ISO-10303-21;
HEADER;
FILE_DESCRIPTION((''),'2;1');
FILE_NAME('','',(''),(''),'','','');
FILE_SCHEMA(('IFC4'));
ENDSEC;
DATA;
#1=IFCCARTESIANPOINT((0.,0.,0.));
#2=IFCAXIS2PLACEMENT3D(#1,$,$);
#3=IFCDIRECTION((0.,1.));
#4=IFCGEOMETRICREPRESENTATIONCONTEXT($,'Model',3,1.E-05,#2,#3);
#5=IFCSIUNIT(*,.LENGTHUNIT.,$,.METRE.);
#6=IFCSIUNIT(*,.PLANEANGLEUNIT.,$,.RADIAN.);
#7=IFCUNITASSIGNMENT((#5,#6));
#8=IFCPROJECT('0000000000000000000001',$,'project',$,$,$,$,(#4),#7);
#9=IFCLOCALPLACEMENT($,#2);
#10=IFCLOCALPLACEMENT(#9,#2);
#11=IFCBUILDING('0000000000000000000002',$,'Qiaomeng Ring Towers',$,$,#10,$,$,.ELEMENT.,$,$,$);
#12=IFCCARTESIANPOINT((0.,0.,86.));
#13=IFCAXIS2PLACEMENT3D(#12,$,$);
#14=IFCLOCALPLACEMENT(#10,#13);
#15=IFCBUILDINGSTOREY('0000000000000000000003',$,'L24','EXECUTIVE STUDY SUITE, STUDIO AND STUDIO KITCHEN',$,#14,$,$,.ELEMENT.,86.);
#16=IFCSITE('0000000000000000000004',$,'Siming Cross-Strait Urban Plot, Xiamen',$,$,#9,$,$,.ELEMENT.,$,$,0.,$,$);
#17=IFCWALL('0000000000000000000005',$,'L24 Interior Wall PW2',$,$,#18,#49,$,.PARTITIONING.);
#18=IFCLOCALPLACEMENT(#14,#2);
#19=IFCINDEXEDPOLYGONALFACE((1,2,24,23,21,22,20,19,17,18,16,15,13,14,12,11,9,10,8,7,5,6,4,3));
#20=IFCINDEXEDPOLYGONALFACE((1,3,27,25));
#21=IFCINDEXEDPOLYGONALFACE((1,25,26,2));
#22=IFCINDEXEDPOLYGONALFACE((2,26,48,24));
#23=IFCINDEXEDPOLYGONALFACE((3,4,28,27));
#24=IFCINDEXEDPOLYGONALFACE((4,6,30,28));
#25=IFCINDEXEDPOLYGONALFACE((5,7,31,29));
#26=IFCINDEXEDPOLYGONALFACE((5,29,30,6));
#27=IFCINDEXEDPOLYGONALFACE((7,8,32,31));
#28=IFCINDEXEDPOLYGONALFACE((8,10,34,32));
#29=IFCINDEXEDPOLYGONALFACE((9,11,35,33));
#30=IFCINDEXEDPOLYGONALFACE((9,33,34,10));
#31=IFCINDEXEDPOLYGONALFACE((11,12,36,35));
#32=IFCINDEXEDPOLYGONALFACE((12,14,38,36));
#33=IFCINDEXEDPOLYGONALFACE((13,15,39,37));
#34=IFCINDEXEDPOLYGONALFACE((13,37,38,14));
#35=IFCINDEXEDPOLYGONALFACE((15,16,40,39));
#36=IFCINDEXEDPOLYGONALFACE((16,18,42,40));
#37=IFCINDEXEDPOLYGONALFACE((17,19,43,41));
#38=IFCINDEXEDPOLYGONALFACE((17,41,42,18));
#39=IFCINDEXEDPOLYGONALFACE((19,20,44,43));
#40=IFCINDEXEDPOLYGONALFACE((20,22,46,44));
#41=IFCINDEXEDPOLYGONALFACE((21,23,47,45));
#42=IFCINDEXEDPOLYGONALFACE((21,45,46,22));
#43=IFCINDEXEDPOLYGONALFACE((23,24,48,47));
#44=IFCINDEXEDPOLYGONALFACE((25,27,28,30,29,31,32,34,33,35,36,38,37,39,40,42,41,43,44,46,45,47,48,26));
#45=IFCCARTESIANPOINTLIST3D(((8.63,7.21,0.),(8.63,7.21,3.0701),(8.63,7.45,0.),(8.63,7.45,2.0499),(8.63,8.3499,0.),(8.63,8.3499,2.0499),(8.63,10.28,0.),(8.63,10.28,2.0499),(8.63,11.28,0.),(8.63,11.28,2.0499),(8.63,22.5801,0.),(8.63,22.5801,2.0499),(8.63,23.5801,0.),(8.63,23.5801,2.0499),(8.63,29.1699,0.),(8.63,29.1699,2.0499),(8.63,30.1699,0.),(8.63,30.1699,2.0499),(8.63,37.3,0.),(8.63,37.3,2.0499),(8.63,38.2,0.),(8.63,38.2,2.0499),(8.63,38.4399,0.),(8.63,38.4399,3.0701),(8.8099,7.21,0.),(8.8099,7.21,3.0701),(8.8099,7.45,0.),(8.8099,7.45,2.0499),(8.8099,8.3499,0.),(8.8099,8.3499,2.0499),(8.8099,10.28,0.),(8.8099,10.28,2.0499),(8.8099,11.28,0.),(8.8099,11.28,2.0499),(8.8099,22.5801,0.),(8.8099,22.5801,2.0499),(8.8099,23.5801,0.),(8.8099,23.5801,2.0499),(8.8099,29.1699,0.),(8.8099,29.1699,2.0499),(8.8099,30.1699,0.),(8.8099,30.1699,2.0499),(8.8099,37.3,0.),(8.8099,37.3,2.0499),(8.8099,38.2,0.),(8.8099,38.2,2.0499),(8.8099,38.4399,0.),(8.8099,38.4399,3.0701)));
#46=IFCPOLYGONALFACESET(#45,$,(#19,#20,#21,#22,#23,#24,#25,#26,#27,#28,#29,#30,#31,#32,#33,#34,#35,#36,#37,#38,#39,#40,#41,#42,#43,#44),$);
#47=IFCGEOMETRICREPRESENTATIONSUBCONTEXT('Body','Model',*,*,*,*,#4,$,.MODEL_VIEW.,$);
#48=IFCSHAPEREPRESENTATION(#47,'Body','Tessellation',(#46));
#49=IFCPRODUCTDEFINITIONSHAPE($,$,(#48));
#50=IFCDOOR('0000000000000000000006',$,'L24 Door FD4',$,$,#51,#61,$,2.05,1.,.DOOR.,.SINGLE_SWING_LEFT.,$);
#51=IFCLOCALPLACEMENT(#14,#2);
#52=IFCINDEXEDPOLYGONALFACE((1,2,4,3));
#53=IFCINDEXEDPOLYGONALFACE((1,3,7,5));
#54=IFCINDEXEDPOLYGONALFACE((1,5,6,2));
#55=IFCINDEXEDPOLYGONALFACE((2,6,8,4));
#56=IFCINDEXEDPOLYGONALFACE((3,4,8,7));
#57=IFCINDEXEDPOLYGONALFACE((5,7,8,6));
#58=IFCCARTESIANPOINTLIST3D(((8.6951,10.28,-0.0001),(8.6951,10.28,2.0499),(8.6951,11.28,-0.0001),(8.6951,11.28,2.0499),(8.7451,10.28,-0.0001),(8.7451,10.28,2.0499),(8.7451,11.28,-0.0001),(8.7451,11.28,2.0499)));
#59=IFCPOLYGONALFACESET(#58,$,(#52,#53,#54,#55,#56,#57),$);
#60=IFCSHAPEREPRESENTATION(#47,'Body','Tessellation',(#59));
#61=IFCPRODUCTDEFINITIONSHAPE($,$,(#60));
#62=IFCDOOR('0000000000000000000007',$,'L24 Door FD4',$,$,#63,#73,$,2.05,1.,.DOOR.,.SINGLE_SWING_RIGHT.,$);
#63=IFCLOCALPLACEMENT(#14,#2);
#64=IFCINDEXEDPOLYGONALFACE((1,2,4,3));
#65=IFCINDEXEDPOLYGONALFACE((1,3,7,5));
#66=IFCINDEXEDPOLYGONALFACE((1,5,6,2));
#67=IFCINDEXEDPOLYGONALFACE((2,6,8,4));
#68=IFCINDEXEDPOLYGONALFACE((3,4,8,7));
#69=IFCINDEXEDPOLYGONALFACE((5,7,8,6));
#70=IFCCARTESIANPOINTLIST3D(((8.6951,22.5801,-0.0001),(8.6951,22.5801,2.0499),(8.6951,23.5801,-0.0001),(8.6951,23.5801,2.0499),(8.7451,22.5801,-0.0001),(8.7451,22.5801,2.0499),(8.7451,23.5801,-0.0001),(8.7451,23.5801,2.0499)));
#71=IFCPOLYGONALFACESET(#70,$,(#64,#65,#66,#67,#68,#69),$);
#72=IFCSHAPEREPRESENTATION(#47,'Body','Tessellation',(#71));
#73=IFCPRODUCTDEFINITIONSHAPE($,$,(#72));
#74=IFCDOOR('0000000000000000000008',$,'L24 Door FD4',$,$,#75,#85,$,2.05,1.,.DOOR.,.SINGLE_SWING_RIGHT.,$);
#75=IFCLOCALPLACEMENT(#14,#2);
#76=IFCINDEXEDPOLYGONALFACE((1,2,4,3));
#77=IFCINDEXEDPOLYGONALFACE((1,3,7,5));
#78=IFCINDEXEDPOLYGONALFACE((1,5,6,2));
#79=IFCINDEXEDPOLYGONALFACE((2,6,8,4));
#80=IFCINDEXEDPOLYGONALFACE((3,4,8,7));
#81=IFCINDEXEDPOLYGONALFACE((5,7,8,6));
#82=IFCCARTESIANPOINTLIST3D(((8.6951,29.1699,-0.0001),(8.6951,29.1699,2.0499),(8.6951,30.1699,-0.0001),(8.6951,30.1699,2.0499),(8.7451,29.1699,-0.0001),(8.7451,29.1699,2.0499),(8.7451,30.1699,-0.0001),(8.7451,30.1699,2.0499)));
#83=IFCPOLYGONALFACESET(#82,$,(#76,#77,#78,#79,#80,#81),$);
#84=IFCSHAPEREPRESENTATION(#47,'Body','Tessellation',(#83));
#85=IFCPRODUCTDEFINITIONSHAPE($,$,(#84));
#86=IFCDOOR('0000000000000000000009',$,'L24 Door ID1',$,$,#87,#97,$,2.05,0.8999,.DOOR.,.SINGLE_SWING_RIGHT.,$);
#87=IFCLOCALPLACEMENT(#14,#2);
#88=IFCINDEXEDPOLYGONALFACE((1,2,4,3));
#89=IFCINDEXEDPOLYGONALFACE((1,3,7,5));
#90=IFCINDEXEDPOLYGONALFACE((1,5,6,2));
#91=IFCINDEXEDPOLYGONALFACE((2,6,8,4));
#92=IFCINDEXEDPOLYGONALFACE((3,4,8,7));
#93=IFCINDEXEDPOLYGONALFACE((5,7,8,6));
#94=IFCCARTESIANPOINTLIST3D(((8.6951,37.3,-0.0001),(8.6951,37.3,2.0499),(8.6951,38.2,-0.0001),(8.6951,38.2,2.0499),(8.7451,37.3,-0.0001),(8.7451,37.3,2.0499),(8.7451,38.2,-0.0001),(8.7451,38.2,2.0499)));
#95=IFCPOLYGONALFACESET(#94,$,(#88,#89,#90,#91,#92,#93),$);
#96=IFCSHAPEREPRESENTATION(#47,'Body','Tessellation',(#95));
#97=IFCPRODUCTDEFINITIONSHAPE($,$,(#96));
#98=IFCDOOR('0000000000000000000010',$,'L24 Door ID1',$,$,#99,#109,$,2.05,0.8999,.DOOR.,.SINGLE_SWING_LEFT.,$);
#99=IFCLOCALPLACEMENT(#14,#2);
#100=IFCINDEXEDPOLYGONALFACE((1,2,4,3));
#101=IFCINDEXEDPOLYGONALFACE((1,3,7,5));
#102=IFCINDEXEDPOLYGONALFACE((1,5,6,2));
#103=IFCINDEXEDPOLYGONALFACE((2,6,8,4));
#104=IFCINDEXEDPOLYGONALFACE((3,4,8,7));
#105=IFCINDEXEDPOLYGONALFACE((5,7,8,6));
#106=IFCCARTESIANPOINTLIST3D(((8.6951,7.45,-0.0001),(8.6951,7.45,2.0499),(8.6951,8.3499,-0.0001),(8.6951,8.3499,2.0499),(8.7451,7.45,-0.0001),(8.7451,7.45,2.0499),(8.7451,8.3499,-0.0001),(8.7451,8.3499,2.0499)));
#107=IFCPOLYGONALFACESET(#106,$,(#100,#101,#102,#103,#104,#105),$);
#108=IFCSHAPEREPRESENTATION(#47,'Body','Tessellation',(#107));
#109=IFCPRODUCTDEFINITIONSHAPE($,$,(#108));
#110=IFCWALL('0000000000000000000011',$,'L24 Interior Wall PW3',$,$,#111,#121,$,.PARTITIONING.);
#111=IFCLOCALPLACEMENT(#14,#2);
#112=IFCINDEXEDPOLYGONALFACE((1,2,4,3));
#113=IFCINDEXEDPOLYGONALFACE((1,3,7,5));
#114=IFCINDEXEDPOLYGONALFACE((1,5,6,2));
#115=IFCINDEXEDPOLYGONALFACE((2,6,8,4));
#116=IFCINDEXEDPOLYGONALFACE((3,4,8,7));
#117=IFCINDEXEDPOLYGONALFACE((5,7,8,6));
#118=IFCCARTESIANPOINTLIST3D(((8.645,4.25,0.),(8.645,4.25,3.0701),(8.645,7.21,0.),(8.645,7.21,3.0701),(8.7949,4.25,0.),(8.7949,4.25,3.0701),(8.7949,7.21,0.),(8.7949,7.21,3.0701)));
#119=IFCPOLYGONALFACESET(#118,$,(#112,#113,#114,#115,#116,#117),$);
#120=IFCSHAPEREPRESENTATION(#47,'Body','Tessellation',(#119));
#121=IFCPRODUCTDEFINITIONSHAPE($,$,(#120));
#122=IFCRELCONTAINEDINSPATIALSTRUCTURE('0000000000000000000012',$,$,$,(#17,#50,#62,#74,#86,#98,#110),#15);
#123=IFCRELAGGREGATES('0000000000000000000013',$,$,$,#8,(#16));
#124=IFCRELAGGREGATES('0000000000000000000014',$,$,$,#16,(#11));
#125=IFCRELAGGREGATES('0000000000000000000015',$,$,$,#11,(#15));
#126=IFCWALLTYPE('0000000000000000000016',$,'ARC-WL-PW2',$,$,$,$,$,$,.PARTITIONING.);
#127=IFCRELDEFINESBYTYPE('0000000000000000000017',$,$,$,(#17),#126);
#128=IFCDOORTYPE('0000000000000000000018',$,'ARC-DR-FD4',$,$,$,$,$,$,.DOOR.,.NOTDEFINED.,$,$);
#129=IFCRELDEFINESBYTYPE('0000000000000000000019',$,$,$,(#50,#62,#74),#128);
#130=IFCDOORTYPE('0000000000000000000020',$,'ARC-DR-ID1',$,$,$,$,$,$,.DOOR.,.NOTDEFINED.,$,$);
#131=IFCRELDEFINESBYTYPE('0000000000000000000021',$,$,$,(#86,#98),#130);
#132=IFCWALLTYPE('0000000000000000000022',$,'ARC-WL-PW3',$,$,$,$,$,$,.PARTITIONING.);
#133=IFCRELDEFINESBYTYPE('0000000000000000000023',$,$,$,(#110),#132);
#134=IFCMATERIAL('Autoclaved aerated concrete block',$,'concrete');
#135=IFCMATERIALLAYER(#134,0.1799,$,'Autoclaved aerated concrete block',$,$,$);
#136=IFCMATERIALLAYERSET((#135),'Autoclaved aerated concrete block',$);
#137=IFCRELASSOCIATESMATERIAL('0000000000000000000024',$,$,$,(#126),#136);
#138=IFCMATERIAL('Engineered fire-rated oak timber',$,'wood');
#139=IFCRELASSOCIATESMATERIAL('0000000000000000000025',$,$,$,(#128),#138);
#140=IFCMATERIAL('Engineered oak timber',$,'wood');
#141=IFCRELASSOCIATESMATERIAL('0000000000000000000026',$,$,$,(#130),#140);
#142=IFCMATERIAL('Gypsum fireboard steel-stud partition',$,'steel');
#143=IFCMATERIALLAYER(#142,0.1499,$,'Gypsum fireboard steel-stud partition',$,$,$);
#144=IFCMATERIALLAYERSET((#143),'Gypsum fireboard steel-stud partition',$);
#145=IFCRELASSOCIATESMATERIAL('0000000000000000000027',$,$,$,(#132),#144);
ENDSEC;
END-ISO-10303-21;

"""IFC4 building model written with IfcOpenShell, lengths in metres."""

from ifc_helpers import new_model, si_unit, direction, frame, frame_2d, origin, place, context, subcontext, project, spatial, rectangle, extrude, source, transform, mapped, material, layer, layer_set, type_object, element, fill, save


model = new_model("IFC4")

# Units and contexts
model_context = context("Model", 3, precision=1e-05, world=origin(), true_north=direction((0.0, 1.0)))
body_context = subcontext(model_context, "Body", "Model", "MODEL_VIEW")
ifc_project = project(units=[si_unit("LENGTHUNIT", "METRE"), si_unit("PLANEANGLEUNIT", "RADIAN")], contexts=[model_context])

# Site, building, storey
site_placement = place(None, origin())
site = spatial("IfcSite", under=ifc_project, at=site_placement, Name="Siming Cross-Strait Urban Plot, Xiamen", CompositionType="ELEMENT", RefElevation=0.0)
building_placement = place(site_placement, origin())
building = spatial("IfcBuilding", under=site, at=building_placement, Name="Qiaomeng Ring Towers", CompositionType="ELEMENT")
storey_placement = place(building_placement, frame((0.0, 0.0, 86.0)))
storey = spatial("IfcBuildingStorey", under=building, at=storey_placement, Name="L24", Description="EXECUTIVE STUDY SUITE, STUDIO AND STUDIO KITCHEN", CompositionType="ELEMENT", Elevation=86.0)

# Wall, openings, doors
ifc_material_1 = material(Name="Autoclaved aerated concrete block", Category="concrete")
ifc_layer_1 = layer(ifc_material_1, 0.1799, Name="Autoclaved aerated concrete block")
ifc_layer_set_1 = layer_set([ifc_layer_1], Name="Autoclaved aerated concrete block")
wall_type_1 = type_object("IfcWallType", Name="ARC-WL-PW2", PredefinedType="PARTITIONING", material=ifc_layer_set_1)
ifc_material_2 = material(Name="Engineered fire-rated oak timber", Category="wood")
door_type_1 = type_object("IfcDoorType", Name="ARC-DR-FD4", OperationType="NOTDEFINED", PredefinedType="DOOR", material=ifc_material_2)
shared_shape_1 = source(origin(), body_context, "Body", "SweptSolid", [
    extrude(rectangle(XDim=1.0, YDim=2.05, at=frame_2d((0.5, 1.0249))), frame((0.0, 0.0249, 0.0), z_axis=(0.0, -1.0, 0.0), x_axis=(1.0, 0.0, 0.0)), (0.0, 0.0, 1.0), 0.05),
])
wall_1_placement = place(storey_placement, frame((8.72, 7.21, 0.0), z_axis=(0.0, 0.0, 1.0), x_axis=(0.0, 1.0, 0.0)))
wall_1 = element("IfcWall", 1, at=wall_1_placement, inside=storey, type_object=wall_type_1, Name="L24 Interior Wall PW2", PredefinedType="PARTITIONING", context=body_context, shape_type="SweptSolid", body=[
    extrude(rectangle(XDim=31.23, YDim=0.1799, at=frame_2d((15.615, 0.0))), origin(), (0.0, 0.0, 1.0), 3.0701),
])
opening_1_placement = place(wall_1_placement, frame((30.0901, 0.0, 0.0)))
opening_1 = element("IfcOpeningElement", 2, at=opening_1_placement, cuts=wall_1, PredefinedType="OPENING", context=body_context, shape_type="SweptSolid", body=[
    extrude(rectangle(XDim=0.8999, YDim=2.05, at=frame_2d((0.45, 1.0249))), frame((0.0, 0.0999, 0.0), z_axis=(0.0, -1.0, 0.0), x_axis=(1.0, 0.0, 0.0)), (0.0, 0.0, 1.0), 0.2),
])
opening_2_placement = place(wall_1_placement, frame((0.24, 0.0, 0.0)))
opening_2 = element("IfcOpeningElement", 3, at=opening_2_placement, cuts=wall_1, PredefinedType="OPENING", context=body_context, shape_type="SweptSolid", body=[
    extrude(rectangle(XDim=0.8999, YDim=2.05, at=frame_2d((0.45, 1.0249))), frame((0.0, 0.0999, 0.0), z_axis=(0.0, -1.0, 0.0), x_axis=(1.0, 0.0, 0.0)), (0.0, 0.0, 1.0), 0.2),
])
opening_3_placement = place(wall_1_placement, frame((3.0701, 0.0, 0.0)))
opening_3 = element("IfcOpeningElement", 4, at=opening_3_placement, cuts=wall_1, PredefinedType="OPENING", context=body_context, shape_type="SweptSolid", body=[
    extrude(rectangle(XDim=1.0, YDim=2.05, at=frame_2d((0.5, 1.0249))), frame((0.0, 0.0999, 0.0), z_axis=(0.0, -1.0, 0.0), x_axis=(1.0, 0.0, 0.0)), (0.0, 0.0, 1.0), 0.2),
])
opening_4_placement = place(wall_1_placement, frame((15.3701, 0.0, 0.0)))
opening_4 = element("IfcOpeningElement", 5, at=opening_4_placement, cuts=wall_1, PredefinedType="OPENING", context=body_context, shape_type="SweptSolid", body=[
    extrude(rectangle(XDim=1.0, YDim=2.05, at=frame_2d((0.5, 1.0249))), frame((0.0, 0.0999, 0.0), z_axis=(0.0, -1.0, 0.0), x_axis=(1.0, 0.0, 0.0)), (0.0, 0.0, 1.0), 0.2),
])
opening_5_placement = place(wall_1_placement, frame((21.96, 0.0, 0.0)))
opening_5 = element("IfcOpeningElement", 6, at=opening_5_placement, cuts=wall_1, PredefinedType="OPENING", context=body_context, shape_type="SweptSolid", body=[
    extrude(rectangle(XDim=1.0, YDim=2.05, at=frame_2d((0.5, 1.0249))), frame((0.0, 0.0999, 0.0), z_axis=(0.0, -1.0, 0.0), x_axis=(1.0, 0.0, 0.0)), (0.0, 0.0, 1.0), 0.2),
])
door_1_placement = place(opening_3_placement, origin())
door_1 = element("IfcDoor", 7, at=door_1_placement, inside=storey, type_object=door_type_1, Name="L24 Door FD4", OperationType="SINGLE_SWING_LEFT", OverallHeight=2.05, OverallWidth=1.0, PredefinedType="DOOR", context=body_context, shape_type="MappedRepresentation", body=[
    mapped(shared_shape_1, transform((0.0, 0.0, 0.0), x_axis=(1.0, 0.0, 0.0), y_axis=(0.0, 1.0, 0.0), z_axis=(0.0, 0.0, 1.0), scale=1.0)),
])
fill(opening_3, door_1)
door_2_placement = place(opening_4_placement, origin())
door_2 = element("IfcDoor", 8, at=door_2_placement, inside=storey, type_object=door_type_1, Name="L24 Door FD4", OperationType="SINGLE_SWING_RIGHT", OverallHeight=2.05, OverallWidth=1.0, PredefinedType="DOOR", context=body_context, shape_type="MappedRepresentation", body=[
    mapped(shared_shape_1, transform((0.0, 0.0, 0.0), x_axis=(1.0, 0.0, 0.0), y_axis=(0.0, 1.0, 0.0), z_axis=(0.0, 0.0, 1.0), scale=1.0)),
])
fill(opening_4, door_2)
door_3_placement = place(opening_5_placement, origin())
door_3 = element("IfcDoor", 9, at=door_3_placement, inside=storey, type_object=door_type_1, Name="L24 Door FD4", OperationType="SINGLE_SWING_RIGHT", OverallHeight=2.05, OverallWidth=1.0, PredefinedType="DOOR", context=body_context, shape_type="MappedRepresentation", body=[
    mapped(shared_shape_1, transform((0.0, 0.0, 0.0), x_axis=(1.0, 0.0, 0.0), y_axis=(0.0, 1.0, 0.0), z_axis=(0.0, 0.0, 1.0), scale=1.0)),
])
fill(opening_5, door_3)
ifc_material_3 = material(Name="Engineered oak timber", Category="wood")
door_type_2 = type_object("IfcDoorType", Name="ARC-DR-ID1", OperationType="NOTDEFINED", PredefinedType="DOOR", material=ifc_material_3)
shared_shape_2 = source(origin(), body_context, "Body", "SweptSolid", [
    extrude(rectangle(XDim=0.8999, YDim=2.05, at=frame_2d((0.45, 1.0249))), frame((0.0, 0.0249, 0.0), z_axis=(0.0, -1.0, 0.0), x_axis=(1.0, 0.0, 0.0)), (0.0, 0.0, 1.0), 0.05),
])
door_4_placement = place(opening_1_placement, origin())
door_4 = element("IfcDoor", 10, at=door_4_placement, inside=storey, type_object=door_type_2, Name="L24 Door ID1", OperationType="SINGLE_SWING_RIGHT", OverallHeight=2.05, OverallWidth=0.8999, PredefinedType="DOOR", context=body_context, shape_type="MappedRepresentation", body=[
    mapped(shared_shape_2, transform((0.0, 0.0, 0.0), x_axis=(1.0, 0.0, 0.0), y_axis=(0.0, 1.0, 0.0), z_axis=(0.0, 0.0, 1.0), scale=1.0)),
])
fill(opening_1, door_4)
door_5_placement = place(opening_2_placement, origin())
door_5 = element("IfcDoor", 11, at=door_5_placement, inside=storey, type_object=door_type_2, Name="L24 Door ID1", OperationType="SINGLE_SWING_LEFT", OverallHeight=2.05, OverallWidth=0.8999, PredefinedType="DOOR", context=body_context, shape_type="MappedRepresentation", body=[
    mapped(shared_shape_2, transform((0.0, 0.0, 0.0), x_axis=(1.0, 0.0, 0.0), y_axis=(0.0, 1.0, 0.0), z_axis=(0.0, 0.0, 1.0), scale=1.0)),
])
fill(opening_2, door_5)

# Wall
ifc_material_4 = material(Name="Gypsum fireboard steel-stud partition", Category="steel")
ifc_layer_2 = layer(ifc_material_4, 0.1499, Name="Gypsum fireboard steel-stud partition")
ifc_layer_set_2 = layer_set([ifc_layer_2], Name="Gypsum fireboard steel-stud partition")
wall_type_2 = type_object("IfcWallType", Name="ARC-WL-PW3", PredefinedType="PARTITIONING", material=ifc_layer_set_2)
wall_2_placement = place(storey_placement, frame((8.72, 4.25, 0.0), z_axis=(0.0, 0.0, 1.0), x_axis=(0.0, 1.0, 0.0)))
element("IfcWall", 12, at=wall_2_placement, inside=storey, type_object=wall_type_2, Name="L24 Interior Wall PW3", PredefinedType="PARTITIONING", context=body_context, shape_type="SweptSolid", body=[
    extrude(rectangle(XDim=2.96, YDim=0.1499, at=frame_2d((1.48, 0.0))), origin(), (0.0, 0.0, 1.0), 3.0701),
])

save(model, "model.ifc")
